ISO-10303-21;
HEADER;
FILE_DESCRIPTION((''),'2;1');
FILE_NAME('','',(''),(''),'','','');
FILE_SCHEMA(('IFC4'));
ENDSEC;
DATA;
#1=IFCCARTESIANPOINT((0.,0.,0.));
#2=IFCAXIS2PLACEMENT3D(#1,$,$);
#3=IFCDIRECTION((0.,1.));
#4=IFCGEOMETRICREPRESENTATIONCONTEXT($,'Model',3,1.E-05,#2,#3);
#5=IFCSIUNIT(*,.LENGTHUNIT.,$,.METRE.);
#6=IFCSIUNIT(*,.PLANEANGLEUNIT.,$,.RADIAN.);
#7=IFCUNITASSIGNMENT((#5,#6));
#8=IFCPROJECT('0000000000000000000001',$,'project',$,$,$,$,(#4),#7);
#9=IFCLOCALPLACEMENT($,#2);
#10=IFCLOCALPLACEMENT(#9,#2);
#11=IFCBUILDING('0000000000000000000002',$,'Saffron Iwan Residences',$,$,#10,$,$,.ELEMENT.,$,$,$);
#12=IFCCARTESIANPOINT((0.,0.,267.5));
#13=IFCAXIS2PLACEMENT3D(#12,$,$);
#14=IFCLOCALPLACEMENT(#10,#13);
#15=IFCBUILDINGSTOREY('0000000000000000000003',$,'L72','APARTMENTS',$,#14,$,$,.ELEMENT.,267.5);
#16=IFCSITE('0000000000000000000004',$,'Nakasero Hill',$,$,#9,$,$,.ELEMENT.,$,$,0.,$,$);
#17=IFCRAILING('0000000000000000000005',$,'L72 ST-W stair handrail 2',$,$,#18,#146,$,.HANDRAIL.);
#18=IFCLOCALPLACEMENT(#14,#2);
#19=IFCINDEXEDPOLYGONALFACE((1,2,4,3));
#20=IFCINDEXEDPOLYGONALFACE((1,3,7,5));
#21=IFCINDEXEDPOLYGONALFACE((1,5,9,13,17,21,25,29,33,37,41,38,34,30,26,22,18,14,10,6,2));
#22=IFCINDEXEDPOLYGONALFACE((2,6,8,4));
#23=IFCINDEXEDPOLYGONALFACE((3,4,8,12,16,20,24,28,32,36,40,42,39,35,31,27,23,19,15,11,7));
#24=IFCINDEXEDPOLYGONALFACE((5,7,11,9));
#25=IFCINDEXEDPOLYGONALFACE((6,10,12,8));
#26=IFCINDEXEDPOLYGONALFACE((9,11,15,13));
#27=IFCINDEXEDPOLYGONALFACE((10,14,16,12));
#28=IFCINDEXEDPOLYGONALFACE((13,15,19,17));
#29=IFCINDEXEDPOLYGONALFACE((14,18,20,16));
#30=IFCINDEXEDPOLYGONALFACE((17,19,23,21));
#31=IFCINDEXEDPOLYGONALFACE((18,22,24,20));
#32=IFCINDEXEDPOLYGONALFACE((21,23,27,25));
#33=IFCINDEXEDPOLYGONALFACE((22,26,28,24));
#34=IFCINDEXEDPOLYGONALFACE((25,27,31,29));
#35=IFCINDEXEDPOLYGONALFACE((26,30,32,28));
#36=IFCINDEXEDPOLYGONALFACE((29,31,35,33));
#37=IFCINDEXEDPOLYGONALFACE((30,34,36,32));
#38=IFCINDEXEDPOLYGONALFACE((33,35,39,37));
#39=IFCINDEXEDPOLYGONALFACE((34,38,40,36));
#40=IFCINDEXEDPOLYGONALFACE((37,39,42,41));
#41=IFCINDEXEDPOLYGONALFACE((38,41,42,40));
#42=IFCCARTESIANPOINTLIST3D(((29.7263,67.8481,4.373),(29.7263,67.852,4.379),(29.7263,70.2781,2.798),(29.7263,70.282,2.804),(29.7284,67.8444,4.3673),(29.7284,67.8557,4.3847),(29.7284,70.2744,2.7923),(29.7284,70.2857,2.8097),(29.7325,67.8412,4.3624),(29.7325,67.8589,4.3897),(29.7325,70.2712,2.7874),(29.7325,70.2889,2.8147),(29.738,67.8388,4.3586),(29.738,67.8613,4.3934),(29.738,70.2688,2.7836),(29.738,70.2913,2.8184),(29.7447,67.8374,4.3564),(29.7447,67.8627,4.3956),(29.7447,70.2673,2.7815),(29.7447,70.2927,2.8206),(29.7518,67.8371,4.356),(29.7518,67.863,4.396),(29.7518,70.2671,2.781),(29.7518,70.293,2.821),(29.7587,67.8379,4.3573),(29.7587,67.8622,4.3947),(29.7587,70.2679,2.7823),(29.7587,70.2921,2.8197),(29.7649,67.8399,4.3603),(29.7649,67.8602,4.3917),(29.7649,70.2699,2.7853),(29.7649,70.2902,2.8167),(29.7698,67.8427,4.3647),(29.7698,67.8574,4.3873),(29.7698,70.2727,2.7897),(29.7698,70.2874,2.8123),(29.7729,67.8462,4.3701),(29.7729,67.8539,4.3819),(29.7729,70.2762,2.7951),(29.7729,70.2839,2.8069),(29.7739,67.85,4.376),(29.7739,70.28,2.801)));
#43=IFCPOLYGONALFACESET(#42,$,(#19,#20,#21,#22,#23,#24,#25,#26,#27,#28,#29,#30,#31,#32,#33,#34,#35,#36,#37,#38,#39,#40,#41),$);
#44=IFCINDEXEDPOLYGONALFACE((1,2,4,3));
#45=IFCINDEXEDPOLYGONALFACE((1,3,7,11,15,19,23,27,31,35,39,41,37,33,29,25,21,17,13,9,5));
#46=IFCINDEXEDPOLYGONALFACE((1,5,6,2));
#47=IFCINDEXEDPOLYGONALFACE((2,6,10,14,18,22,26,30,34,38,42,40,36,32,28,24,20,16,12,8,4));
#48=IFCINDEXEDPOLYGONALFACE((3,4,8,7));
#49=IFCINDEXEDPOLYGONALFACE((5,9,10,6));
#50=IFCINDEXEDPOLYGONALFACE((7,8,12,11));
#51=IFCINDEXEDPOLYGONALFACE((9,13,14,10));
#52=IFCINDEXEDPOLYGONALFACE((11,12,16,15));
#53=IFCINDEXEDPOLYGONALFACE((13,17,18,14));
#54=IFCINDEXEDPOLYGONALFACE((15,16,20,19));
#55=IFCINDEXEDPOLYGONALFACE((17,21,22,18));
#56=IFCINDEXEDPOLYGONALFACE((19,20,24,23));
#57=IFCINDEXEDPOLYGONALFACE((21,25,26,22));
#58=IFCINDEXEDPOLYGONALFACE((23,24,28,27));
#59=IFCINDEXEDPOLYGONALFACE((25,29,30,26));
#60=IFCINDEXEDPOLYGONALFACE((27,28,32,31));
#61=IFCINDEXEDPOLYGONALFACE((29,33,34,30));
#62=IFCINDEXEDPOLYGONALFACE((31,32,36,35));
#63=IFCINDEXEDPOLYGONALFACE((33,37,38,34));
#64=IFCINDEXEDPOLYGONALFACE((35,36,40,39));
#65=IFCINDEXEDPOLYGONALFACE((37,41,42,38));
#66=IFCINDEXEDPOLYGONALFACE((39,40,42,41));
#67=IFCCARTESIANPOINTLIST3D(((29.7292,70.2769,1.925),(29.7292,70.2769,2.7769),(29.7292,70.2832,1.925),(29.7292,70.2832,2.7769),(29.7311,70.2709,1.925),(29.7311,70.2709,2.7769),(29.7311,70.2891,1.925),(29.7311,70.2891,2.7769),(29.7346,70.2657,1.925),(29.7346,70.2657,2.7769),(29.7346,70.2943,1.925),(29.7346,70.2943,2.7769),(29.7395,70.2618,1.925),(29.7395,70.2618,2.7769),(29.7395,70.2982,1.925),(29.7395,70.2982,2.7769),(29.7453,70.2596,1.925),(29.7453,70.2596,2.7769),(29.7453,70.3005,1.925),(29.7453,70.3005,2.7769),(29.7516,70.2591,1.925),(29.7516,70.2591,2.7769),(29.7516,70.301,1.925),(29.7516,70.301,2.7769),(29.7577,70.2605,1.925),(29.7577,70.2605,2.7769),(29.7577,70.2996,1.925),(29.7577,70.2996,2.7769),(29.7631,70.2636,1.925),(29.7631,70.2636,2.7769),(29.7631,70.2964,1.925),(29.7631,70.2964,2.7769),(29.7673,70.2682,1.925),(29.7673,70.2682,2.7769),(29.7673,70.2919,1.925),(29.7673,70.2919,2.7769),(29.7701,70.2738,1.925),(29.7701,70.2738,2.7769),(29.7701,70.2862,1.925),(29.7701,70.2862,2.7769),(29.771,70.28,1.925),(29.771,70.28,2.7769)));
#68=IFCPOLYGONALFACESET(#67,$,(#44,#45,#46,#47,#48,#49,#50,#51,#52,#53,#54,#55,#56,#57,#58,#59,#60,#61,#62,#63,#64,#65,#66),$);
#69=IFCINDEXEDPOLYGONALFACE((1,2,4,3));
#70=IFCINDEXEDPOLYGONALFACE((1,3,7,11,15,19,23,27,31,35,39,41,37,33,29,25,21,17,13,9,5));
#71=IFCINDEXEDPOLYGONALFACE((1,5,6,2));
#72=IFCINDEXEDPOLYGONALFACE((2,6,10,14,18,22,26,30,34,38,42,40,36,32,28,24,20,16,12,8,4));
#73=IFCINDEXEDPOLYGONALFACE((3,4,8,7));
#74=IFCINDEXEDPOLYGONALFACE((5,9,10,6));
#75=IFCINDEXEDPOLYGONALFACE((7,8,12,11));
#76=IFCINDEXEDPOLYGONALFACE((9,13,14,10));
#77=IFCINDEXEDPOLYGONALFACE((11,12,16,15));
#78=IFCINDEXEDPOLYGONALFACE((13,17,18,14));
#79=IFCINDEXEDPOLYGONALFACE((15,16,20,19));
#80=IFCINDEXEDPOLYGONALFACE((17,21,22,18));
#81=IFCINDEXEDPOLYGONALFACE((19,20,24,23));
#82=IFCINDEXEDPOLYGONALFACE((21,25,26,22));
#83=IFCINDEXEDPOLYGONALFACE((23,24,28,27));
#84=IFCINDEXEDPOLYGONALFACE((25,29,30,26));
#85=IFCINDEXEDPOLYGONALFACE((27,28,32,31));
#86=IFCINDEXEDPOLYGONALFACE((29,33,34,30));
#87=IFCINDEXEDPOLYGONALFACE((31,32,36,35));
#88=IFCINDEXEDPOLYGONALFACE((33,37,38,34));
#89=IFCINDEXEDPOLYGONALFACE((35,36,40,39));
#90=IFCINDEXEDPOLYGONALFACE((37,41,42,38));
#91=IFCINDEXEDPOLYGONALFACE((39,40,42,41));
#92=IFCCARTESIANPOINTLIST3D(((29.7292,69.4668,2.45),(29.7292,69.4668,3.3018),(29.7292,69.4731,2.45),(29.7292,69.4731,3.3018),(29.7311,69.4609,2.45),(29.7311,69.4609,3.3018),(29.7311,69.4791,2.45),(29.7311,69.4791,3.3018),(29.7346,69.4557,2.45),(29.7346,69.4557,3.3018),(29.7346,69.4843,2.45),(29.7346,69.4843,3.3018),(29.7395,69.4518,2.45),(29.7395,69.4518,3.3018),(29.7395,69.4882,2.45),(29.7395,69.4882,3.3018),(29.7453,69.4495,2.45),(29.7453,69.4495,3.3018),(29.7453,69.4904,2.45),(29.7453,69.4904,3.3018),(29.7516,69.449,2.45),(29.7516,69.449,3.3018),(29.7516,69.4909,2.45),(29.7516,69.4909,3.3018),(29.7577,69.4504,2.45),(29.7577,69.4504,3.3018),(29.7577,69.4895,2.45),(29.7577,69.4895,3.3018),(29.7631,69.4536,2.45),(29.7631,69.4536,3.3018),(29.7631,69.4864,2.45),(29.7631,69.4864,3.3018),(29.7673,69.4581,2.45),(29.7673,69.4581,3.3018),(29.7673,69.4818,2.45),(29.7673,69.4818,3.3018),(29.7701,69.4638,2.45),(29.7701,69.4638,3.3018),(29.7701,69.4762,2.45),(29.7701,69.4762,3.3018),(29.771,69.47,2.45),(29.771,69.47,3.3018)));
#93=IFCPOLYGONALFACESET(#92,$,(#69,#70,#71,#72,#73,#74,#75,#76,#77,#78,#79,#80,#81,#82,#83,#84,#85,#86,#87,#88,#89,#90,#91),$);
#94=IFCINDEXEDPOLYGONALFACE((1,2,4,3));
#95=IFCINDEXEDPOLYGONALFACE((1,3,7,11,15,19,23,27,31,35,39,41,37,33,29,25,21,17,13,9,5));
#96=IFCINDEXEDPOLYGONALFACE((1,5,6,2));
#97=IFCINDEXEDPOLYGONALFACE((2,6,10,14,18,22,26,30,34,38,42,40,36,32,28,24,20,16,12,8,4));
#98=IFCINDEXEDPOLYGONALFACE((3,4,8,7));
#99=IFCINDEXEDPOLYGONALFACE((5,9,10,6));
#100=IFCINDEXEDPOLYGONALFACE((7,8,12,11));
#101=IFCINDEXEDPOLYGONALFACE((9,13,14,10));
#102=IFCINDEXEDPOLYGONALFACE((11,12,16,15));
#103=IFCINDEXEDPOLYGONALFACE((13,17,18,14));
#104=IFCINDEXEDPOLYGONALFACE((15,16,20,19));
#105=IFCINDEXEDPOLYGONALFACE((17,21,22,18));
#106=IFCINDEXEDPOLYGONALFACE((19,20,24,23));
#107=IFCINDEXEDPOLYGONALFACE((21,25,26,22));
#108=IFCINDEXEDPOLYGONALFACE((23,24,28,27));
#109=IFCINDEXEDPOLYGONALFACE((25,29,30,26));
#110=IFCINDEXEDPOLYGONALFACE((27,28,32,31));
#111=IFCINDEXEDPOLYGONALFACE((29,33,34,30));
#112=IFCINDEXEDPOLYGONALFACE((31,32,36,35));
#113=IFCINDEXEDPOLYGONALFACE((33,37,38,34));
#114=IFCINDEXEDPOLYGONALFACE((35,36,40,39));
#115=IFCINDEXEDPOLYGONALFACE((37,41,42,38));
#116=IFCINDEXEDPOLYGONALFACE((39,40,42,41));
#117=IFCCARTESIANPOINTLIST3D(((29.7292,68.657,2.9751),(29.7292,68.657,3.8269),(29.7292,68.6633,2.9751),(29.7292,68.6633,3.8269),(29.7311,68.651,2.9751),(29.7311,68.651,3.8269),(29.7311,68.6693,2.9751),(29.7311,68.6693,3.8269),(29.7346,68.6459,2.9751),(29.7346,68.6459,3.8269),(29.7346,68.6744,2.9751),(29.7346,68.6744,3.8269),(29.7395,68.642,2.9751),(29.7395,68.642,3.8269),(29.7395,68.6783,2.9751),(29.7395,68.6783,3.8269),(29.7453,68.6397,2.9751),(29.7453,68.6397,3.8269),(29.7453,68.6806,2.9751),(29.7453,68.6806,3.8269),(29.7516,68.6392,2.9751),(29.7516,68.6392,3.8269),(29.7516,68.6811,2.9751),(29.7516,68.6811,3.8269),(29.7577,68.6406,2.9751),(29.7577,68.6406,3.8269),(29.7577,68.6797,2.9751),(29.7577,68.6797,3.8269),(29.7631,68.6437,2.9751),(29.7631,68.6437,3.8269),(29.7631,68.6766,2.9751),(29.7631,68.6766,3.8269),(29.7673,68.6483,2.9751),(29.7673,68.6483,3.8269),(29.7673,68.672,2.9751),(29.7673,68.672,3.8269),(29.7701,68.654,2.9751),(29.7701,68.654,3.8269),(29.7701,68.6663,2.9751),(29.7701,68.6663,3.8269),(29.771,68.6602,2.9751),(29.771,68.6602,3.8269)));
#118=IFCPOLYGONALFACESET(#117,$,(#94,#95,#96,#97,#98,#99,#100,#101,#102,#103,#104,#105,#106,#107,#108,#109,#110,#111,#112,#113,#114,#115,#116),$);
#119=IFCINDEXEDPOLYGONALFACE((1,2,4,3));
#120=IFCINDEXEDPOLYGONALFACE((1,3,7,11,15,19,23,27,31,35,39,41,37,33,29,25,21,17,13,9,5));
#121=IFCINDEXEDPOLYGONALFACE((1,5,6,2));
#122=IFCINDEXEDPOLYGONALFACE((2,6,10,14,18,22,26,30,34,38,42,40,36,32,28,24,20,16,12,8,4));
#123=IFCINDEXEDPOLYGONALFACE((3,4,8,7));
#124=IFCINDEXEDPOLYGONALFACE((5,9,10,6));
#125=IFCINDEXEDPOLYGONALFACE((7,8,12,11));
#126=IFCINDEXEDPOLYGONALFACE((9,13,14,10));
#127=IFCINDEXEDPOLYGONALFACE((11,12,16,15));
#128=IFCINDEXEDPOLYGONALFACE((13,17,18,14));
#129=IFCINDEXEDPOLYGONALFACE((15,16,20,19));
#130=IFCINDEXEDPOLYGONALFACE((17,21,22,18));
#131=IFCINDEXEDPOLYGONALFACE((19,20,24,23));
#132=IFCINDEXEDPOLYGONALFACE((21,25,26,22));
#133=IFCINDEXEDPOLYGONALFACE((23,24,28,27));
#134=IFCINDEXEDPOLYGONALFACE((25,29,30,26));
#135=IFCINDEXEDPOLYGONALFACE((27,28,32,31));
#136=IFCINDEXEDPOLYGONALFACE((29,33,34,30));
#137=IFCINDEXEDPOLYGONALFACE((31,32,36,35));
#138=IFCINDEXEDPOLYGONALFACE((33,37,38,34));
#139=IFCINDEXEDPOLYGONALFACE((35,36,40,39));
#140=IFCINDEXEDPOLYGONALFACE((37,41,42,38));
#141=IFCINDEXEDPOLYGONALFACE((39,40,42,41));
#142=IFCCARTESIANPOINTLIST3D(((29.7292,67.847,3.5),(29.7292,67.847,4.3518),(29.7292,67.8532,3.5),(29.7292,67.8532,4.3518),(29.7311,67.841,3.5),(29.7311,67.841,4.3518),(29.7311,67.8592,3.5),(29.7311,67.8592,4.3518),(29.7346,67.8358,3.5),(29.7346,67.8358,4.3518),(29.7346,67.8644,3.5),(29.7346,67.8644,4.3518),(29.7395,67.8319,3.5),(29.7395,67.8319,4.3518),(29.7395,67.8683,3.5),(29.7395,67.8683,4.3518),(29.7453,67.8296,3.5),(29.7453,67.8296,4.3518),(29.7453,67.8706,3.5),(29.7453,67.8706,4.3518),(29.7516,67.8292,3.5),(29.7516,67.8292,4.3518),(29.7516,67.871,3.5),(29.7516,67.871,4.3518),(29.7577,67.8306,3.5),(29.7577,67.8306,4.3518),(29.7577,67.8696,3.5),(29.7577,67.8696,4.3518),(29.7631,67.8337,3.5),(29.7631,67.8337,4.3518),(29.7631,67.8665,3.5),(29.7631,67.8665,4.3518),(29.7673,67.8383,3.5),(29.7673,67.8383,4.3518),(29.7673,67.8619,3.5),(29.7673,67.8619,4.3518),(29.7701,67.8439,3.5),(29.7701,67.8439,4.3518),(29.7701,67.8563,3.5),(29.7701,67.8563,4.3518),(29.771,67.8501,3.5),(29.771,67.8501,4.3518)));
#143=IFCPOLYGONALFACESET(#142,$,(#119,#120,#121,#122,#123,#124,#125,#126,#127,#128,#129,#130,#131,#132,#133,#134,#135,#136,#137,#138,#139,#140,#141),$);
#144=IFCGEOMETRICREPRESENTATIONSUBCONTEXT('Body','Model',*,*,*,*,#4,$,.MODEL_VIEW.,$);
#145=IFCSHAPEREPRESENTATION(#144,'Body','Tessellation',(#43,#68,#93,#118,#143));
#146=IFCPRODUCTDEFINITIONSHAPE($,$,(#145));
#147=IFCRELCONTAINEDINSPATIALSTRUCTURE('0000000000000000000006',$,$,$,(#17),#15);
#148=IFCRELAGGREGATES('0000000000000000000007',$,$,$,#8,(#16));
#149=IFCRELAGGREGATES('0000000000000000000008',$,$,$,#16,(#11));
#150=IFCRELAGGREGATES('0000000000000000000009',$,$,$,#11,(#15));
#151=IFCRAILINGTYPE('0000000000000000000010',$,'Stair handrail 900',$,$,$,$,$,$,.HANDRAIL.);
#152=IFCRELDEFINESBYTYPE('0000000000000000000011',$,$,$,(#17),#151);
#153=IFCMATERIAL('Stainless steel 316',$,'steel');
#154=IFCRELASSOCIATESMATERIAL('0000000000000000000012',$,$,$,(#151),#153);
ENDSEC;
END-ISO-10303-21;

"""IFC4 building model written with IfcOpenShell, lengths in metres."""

from ifc_helpers import new_model, si_unit, direction, frame, origin, origin_2d, place, context, subcontext, project, spatial, circle, extrude, material, type_object, element, save


model = new_model("IFC4")

# Units and contexts
model_context = context("Model", 3, precision=1e-05, world=origin(), true_north=direction((0.0, 1.0)))
body_context = subcontext(model_context, "Body", "Model", "MODEL_VIEW")
ifc_project = project(units=[si_unit("LENGTHUNIT", "METRE"), si_unit("PLANEANGLEUNIT", "RADIAN")], contexts=[model_context])

# Site, building, storey
site_placement = place(None, origin())
site = spatial("IfcSite", under=ifc_project, at=site_placement, Name="Nakasero Hill", CompositionType="ELEMENT", RefElevation=0.0)
building_placement = place(site_placement, origin())
building = spatial("IfcBuilding", under=site, at=building_placement, Name="Saffron Iwan Residences", CompositionType="ELEMENT")
storey_placement = place(building_placement, frame((0.0, 0.0, 267.5)))
storey = spatial("IfcBuildingStorey", under=building, at=storey_placement, Name="L72", Description="APARTMENTS", CompositionType="ELEMENT", Elevation=267.5)

# Railing
ifc_material_1 = material(Name="Stainless steel 316", Category="steel")
railing_type_1 = type_object("IfcRailingType", Name="Stair handrail 900", PredefinedType="HANDRAIL", material=ifc_material_1)
railing_1_placement = place(storey_placement, frame((29.75, 70.28, 1.925)))
element("IfcRailing", 1, at=railing_1_placement, inside=storey, type_object=railing_type_1, Name="L72 ST-W stair handrail 2", PredefinedType="HANDRAIL", context=body_context, shape_type="SweptSolid", body=[
    extrude(circle(Radius=0.0239, at=origin_2d()), frame((0.0, 0.0, 0.876), z_axis=(0.0, -0.839154, 0.543894), x_axis=(1.0, 0.0, 0.0)), (0.0, 0.0, 1.0), 2.8958),
    extrude(circle(Radius=0.021, at=origin_2d()), origin(), (0.0, 0.0, 1.0), 0.8518),
    extrude(circle(Radius=0.021, at=origin_2d()), frame((0.0, -0.8101, 0.5249)), (0.0, 0.0, 1.0), 0.8518),
    extrude(circle(Radius=0.021, at=origin_2d()), frame((0.0, -1.6199, 1.05)), (0.0, 0.0, 1.0), 0.8518),
    extrude(circle(Radius=0.021, at=origin_2d()), frame((0.0, -2.4299, 1.575)), (0.0, 0.0, 1.0), 0.8518),
])

save(model, "model.ifc")
